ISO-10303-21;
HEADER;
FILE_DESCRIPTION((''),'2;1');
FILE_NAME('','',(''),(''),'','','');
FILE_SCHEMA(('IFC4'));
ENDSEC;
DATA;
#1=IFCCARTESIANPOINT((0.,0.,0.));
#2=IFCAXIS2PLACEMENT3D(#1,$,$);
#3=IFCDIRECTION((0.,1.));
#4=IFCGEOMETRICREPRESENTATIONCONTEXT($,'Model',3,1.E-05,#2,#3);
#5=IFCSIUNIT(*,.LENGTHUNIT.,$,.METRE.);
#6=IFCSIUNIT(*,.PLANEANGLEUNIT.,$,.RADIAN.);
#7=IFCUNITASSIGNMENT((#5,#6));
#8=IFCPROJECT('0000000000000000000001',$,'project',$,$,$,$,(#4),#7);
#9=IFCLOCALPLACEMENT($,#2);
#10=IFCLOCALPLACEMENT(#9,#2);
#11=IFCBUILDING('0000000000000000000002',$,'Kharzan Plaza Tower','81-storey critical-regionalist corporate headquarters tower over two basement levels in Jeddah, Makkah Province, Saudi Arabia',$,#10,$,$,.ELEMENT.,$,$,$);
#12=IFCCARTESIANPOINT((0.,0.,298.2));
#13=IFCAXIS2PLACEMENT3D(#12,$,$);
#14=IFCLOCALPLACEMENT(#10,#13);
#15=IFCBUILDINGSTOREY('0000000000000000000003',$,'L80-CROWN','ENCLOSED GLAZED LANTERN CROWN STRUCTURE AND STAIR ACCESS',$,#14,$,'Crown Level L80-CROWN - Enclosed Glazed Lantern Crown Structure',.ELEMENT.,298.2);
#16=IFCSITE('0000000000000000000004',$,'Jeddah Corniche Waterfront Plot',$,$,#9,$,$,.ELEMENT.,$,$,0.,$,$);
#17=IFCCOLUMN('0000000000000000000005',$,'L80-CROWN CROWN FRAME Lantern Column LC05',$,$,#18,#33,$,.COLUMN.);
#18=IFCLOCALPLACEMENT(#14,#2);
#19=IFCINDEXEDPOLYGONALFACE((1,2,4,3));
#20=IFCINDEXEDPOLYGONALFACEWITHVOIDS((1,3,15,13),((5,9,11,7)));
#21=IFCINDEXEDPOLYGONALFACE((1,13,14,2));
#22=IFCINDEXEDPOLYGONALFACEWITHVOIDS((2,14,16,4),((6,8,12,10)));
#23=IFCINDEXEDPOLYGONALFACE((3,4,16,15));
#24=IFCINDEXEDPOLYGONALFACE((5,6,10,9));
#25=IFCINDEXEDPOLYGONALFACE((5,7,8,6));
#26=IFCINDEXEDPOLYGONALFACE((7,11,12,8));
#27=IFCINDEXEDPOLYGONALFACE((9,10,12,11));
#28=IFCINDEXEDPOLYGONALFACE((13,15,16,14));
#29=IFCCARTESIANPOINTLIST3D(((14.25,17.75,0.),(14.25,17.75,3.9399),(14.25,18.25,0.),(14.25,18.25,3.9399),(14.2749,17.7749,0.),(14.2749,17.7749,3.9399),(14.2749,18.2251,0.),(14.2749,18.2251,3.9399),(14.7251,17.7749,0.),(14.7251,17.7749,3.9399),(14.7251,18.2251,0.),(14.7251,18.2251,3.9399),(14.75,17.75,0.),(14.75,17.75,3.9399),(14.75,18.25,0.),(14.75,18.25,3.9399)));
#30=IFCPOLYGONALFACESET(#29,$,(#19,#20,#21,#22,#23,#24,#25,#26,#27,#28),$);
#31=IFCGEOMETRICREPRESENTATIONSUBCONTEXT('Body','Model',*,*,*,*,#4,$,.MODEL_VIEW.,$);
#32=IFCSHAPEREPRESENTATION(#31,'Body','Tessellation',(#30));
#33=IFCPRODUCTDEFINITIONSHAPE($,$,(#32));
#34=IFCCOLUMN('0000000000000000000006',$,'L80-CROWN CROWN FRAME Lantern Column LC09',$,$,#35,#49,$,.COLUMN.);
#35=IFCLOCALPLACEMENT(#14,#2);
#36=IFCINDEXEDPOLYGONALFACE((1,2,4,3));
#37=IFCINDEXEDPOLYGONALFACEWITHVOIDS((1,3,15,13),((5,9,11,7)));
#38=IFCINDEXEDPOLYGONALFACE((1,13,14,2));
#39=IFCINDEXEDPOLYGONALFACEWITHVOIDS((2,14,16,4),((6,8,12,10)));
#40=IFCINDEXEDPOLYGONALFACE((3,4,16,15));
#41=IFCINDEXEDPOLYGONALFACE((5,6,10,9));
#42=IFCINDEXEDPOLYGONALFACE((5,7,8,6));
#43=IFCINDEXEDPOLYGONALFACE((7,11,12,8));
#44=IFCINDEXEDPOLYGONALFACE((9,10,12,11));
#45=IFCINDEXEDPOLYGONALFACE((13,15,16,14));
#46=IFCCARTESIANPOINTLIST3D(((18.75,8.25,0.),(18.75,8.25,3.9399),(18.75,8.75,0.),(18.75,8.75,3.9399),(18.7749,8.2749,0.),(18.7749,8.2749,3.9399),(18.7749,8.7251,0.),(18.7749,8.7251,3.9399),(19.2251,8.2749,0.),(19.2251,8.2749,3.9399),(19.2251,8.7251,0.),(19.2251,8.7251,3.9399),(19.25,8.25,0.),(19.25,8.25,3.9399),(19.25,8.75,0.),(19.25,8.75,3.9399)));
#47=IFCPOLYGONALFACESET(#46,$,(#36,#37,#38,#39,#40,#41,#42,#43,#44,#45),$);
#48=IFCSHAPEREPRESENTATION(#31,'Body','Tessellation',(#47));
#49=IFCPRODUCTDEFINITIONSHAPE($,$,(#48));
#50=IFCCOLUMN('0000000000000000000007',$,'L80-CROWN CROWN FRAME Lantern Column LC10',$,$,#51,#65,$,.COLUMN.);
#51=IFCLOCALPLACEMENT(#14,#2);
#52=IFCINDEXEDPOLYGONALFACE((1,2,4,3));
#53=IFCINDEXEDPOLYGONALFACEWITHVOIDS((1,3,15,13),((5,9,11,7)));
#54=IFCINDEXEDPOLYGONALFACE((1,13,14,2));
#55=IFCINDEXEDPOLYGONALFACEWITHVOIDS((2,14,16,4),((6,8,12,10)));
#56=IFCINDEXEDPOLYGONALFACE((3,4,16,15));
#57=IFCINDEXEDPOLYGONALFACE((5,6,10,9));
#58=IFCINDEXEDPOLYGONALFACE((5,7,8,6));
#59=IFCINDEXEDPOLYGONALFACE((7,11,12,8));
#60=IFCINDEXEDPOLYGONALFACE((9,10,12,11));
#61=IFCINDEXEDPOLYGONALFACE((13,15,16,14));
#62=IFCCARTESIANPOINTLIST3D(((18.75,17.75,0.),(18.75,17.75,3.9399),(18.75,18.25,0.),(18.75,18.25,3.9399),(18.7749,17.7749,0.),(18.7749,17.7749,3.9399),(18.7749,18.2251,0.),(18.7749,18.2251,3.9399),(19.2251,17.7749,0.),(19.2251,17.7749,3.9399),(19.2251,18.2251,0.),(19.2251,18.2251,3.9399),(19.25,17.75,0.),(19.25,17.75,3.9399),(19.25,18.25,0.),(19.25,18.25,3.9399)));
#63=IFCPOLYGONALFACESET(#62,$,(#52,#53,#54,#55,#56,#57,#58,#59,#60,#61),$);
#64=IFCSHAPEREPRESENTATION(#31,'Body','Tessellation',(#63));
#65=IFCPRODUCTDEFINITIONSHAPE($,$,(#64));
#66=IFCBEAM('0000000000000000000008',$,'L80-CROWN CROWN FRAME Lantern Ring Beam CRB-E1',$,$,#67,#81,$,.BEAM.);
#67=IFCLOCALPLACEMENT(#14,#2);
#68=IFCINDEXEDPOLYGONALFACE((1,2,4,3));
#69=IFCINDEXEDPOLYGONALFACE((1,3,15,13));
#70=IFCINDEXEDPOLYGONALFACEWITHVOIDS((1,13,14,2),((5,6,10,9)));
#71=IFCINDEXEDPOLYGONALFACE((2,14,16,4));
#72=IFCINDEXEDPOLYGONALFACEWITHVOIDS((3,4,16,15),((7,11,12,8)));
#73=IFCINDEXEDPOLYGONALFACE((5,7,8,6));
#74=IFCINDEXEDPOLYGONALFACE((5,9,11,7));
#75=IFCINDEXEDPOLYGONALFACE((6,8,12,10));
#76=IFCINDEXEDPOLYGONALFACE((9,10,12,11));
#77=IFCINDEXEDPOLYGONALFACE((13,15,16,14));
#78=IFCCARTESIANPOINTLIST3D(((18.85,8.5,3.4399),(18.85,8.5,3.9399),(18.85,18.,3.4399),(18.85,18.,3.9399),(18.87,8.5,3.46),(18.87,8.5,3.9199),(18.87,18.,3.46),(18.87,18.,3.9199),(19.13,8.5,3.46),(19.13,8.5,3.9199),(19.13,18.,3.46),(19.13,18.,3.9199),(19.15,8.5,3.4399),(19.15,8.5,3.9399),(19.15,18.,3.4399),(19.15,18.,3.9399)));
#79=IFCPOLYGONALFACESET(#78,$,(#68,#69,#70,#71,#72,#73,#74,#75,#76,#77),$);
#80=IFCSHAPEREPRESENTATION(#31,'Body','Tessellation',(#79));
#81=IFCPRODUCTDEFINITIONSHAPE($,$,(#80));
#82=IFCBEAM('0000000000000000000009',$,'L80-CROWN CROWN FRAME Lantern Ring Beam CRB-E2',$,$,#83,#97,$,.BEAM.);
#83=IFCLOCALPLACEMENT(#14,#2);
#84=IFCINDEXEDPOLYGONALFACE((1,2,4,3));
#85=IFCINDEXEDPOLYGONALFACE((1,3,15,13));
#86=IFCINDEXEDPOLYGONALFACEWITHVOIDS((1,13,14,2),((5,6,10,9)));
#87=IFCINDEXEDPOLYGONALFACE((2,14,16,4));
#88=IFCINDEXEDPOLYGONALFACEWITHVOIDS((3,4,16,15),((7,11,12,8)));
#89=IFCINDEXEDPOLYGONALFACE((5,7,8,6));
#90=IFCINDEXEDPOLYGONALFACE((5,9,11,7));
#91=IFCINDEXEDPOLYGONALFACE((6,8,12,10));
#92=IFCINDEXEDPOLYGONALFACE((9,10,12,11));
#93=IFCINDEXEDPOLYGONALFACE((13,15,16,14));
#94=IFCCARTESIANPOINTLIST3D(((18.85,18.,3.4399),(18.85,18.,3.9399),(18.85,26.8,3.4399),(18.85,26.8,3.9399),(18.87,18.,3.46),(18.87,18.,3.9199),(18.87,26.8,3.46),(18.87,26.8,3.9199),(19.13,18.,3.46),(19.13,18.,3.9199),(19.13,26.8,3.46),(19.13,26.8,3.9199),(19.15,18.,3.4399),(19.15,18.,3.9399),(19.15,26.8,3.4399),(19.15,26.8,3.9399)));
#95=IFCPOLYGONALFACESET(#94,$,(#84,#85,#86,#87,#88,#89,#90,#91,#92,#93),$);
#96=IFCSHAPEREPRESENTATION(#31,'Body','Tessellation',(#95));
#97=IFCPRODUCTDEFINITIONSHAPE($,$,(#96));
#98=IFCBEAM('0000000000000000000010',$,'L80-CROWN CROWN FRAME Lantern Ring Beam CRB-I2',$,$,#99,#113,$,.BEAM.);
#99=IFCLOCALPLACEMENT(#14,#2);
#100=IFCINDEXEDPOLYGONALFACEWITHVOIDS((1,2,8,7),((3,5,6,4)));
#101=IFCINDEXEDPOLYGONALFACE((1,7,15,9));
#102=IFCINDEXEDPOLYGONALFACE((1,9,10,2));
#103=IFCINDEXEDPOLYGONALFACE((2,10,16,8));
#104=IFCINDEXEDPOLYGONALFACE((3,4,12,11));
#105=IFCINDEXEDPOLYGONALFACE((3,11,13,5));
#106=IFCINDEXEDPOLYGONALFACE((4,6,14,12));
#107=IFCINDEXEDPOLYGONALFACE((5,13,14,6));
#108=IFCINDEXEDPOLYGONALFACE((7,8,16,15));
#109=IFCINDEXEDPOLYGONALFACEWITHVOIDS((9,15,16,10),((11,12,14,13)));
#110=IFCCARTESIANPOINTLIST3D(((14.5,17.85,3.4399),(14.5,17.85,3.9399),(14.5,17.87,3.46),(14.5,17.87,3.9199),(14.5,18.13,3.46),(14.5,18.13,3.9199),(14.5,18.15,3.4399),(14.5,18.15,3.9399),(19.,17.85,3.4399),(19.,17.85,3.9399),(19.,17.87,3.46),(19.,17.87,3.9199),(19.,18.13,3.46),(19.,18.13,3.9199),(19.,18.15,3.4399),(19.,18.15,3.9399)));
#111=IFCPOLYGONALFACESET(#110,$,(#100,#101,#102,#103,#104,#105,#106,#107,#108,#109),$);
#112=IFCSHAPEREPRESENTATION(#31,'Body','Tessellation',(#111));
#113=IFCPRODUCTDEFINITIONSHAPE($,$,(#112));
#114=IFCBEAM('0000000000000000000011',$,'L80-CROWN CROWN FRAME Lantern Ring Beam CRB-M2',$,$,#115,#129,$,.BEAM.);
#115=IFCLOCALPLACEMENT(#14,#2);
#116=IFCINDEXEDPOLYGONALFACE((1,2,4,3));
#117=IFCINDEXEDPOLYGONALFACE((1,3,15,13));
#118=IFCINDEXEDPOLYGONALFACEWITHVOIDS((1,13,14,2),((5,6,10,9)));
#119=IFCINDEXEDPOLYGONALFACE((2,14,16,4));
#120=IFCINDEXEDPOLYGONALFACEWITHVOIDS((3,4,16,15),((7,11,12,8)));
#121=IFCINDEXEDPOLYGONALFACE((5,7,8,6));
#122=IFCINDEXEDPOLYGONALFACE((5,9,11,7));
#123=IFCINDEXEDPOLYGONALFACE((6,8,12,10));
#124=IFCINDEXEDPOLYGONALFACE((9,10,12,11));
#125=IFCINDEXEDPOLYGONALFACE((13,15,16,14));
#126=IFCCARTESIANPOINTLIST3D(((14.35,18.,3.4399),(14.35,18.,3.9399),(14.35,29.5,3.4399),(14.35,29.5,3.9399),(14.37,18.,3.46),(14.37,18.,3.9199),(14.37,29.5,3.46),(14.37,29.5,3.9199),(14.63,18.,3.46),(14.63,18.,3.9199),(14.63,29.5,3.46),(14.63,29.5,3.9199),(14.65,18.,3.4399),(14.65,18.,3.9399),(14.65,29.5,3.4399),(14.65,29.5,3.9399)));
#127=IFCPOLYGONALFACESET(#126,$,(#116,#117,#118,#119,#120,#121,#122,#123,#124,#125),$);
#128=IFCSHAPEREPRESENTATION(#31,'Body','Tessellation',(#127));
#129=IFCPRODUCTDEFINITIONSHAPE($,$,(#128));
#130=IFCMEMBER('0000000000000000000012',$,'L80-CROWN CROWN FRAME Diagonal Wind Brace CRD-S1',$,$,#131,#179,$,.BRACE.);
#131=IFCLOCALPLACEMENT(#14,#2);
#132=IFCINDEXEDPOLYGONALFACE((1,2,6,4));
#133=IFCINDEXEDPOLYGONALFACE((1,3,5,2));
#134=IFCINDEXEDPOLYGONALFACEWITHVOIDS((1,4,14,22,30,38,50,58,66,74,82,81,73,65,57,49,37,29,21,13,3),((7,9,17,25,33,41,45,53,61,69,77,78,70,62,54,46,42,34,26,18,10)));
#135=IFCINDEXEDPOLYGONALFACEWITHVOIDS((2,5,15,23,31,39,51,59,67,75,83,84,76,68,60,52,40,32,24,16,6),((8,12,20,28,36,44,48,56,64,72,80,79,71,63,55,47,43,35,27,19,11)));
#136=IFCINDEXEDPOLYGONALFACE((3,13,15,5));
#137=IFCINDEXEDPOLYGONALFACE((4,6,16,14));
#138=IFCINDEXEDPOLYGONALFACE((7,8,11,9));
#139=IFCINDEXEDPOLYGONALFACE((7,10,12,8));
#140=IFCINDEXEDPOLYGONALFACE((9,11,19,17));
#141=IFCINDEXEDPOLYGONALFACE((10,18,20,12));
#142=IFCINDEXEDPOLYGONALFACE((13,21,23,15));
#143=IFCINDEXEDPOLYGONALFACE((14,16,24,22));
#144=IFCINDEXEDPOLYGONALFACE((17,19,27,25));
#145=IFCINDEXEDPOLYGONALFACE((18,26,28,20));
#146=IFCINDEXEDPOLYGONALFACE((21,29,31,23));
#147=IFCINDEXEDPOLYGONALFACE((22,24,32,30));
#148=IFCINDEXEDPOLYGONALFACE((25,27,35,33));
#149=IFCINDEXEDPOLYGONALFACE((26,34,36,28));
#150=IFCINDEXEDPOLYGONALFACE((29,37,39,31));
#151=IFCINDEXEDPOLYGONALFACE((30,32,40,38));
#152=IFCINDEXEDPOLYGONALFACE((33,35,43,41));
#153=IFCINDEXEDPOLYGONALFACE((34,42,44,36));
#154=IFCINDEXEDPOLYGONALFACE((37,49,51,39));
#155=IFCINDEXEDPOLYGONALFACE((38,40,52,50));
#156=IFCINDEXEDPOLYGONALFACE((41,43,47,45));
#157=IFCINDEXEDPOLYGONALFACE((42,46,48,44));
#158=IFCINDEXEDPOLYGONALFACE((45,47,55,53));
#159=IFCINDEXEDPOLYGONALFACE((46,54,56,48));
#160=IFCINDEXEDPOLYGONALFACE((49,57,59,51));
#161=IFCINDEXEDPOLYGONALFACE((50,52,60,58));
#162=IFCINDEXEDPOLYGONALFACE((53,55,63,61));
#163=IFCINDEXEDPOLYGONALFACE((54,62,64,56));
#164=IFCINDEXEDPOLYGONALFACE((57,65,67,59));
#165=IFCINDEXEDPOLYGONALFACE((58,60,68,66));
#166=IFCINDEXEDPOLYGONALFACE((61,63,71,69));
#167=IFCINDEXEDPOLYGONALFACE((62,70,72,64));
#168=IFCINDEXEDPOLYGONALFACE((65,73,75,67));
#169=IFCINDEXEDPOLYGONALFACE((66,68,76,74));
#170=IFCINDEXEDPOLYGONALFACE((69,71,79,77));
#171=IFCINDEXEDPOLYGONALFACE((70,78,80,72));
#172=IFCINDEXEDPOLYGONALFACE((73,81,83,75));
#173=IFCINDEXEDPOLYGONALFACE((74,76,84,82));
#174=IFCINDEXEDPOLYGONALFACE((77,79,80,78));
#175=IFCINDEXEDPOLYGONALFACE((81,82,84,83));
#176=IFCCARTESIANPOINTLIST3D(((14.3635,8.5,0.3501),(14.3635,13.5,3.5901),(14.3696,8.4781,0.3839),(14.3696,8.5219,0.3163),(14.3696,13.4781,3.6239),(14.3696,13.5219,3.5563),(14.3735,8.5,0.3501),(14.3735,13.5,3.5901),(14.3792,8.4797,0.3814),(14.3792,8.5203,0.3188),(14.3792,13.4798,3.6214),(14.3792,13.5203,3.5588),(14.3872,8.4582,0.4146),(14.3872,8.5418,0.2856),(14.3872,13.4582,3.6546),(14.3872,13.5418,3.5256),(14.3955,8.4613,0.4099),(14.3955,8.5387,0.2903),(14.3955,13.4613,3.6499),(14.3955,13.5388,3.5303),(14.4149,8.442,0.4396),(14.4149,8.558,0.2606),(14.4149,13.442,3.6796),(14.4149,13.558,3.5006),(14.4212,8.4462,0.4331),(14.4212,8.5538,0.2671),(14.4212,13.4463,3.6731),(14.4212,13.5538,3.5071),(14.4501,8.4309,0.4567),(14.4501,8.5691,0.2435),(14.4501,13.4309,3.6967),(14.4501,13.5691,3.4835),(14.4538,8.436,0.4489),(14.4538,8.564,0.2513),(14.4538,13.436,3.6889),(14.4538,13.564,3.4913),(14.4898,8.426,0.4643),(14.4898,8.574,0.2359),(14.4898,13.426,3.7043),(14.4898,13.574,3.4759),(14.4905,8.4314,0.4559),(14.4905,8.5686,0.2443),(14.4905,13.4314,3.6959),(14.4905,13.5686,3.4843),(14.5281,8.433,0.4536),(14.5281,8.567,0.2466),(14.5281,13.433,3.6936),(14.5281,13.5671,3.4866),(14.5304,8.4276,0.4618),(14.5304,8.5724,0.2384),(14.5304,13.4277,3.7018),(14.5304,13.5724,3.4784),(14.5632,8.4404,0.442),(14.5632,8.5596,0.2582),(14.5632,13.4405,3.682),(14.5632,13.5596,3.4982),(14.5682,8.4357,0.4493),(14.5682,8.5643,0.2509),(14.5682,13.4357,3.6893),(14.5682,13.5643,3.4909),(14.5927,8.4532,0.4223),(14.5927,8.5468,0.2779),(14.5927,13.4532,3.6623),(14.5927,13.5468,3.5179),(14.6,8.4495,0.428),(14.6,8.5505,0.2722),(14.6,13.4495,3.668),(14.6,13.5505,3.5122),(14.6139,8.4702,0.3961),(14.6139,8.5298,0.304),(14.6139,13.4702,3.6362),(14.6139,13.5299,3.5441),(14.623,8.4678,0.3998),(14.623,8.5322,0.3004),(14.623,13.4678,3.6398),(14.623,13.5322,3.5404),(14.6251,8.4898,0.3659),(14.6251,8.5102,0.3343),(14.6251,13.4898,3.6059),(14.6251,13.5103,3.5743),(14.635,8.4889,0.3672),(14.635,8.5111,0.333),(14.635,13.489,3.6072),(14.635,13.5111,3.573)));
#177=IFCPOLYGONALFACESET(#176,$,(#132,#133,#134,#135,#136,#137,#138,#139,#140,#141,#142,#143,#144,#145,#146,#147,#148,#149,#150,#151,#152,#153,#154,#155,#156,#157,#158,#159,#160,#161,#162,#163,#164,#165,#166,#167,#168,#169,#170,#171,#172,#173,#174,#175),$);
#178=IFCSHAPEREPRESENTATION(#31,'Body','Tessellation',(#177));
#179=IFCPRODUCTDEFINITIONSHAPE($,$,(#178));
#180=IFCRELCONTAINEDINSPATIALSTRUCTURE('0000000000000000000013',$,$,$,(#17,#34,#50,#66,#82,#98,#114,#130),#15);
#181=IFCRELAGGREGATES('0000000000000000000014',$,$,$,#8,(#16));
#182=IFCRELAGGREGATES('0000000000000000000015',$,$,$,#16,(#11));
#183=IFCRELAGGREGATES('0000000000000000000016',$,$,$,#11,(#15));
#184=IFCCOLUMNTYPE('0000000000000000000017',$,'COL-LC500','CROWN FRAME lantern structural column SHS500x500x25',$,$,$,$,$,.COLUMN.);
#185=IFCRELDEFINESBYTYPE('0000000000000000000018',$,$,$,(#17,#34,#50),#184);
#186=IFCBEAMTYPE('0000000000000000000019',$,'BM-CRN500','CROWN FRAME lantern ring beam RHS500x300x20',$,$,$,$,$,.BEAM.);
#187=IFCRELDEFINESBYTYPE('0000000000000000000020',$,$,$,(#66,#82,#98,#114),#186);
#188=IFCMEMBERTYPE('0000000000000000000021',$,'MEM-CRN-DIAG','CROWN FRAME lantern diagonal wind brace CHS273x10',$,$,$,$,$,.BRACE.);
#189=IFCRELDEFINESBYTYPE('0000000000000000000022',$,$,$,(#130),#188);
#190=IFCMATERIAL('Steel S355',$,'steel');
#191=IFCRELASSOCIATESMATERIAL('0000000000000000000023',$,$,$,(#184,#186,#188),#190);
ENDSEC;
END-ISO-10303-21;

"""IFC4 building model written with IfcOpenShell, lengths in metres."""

from ifc_helpers import new_model, si_unit, direction, frame, origin, origin_2d, place, context, subcontext, project, spatial, hollow_rectangle, hollow_circle, extrude, source, transform, mapped, material, material_profile, profile_set, type_object, element, save


model = new_model("IFC4")

# Units and contexts
model_context = context("Model", 3, precision=1e-05, world=origin(), true_north=direction((0.0, 1.0)))
body_context = subcontext(model_context, "Body", "Model", "MODEL_VIEW")
ifc_project = project(units=[si_unit("LENGTHUNIT", "METRE"), si_unit("PLANEANGLEUNIT", "RADIAN")], contexts=[model_context])

# Site, building, storey
site_placement = place(None, origin())
site = spatial("IfcSite", under=ifc_project, at=site_placement, Name="Jeddah Corniche Waterfront Plot", CompositionType="ELEMENT", RefElevation=0.0)
building_placement = place(site_placement, origin())
building = spatial("IfcBuilding", under=site, at=building_placement, Name="Kharzan Plaza Tower", Description="81-storey critical-regionalist corporate headquarters tower over two basement levels in Jeddah, Makkah Province, Saudi Arabia", CompositionType="ELEMENT")
storey_placement = place(building_placement, frame((0.0, 0.0, 298.2)))
storey = spatial("IfcBuildingStorey", under=building, at=storey_placement, Name="L80-CROWN", Description="ENCLOSED GLAZED LANTERN CROWN STRUCTURE AND STAIR ACCESS", LongName="Crown Level L80-CROWN - Enclosed Glazed Lantern Crown Structure", CompositionType="ELEMENT", Elevation=298.2)

# Columns
ifc_material_1 = material(Name="Steel S355", Category="steel")
ifc_material_profile_1 = material_profile(ifc_material_1, hollow_rectangle(XDim=0.5, YDim=0.5, WallThickness=0.0249, at=origin_2d()), Name="SHS500x500x25")
ifc_profile_set_1 = profile_set([ifc_material_profile_1], Name="Steel S355")
column_type = type_object("IfcColumnType", Name="COL-LC500", Description="CROWN FRAME lantern structural column SHS500x500x25", PredefinedType="COLUMN", material=ifc_profile_set_1)
shared_shape_1 = source(origin(), body_context, "Body", "SweptSolid", [
    extrude(hollow_rectangle(XDim=0.5, YDim=0.5, WallThickness=0.0249, at=origin_2d()), origin(), (0.0, 0.0, 1.0), 3.9399),
])
for number, where, z_axis, x_axis, name in (
    (1, (14.5, 18.0, 0.0), (0.0, 0.0, 1.0), (1.0, 0.0, 0.0), "L80-CROWN CROWN FRAME Lantern Column LC05"),
    (2, (19.0, 8.5, 0.0), (0.0, 0.0, 1.0), (1.0, 0.0, 0.0), "L80-CROWN CROWN FRAME Lantern Column LC09"),
    (3, (19.0, 18.0, 0.0), (0.0, 0.0, 1.0), (1.0, 0.0, 0.0), "L80-CROWN CROWN FRAME Lantern Column LC10"),
):
    element("IfcColumn", number, at=place(storey_placement, frame(where, z_axis=z_axis, x_axis=x_axis)), inside=storey, type_object=column_type, Name=name, PredefinedType="COLUMN", context=body_context, shape_type="MappedRepresentation", body=[
        mapped(shared_shape_1, transform((0.0, 0.0, 0.0), x_axis=(1.0, 0.0, 0.0), y_axis=(0.0, 1.0, 0.0), z_axis=(0.0, 0.0, 1.0))),
    ])

# Beams
ifc_material_profile_2 = material_profile(ifc_material_1, hollow_rectangle(XDim=0.3, YDim=0.5, WallThickness=0.02, at=origin_2d()), Name="RHS500x300x20")
ifc_profile_set_2 = profile_set([ifc_material_profile_2], Name="Steel S355")
beam_type = type_object("IfcBeamType", Name="BM-CRN500", Description="CROWN FRAME lantern ring beam RHS500x300x20", PredefinedType="BEAM", material=ifc_profile_set_2)
shared_shape_2 = source(origin(), body_context, "Body", "SweptSolid", [
    extrude(hollow_rectangle(XDim=0.3, YDim=0.5, WallThickness=0.02, at=origin_2d()), origin(), (0.0, 0.0, 1.0), 9.5),
])
beam_1_placement = place(storey_placement, frame((19.0, 8.5, 3.6899), z_axis=(0.0, 1.0, 0.0), x_axis=(-1.0, 0.0, 0.0)))
element("IfcBeam", 4, at=beam_1_placement, inside=storey, type_object=beam_type, Name="L80-CROWN CROWN FRAME Lantern Ring Beam CRB-E1", PredefinedType="BEAM", context=body_context, shape_type="MappedRepresentation", body=[
    mapped(shared_shape_2, transform((0.0, 0.0, 0.0), x_axis=(1.0, 0.0, 0.0), y_axis=(0.0, 1.0, 0.0), z_axis=(0.0, 0.0, 1.0))),
])
shared_shape_3 = source(origin(), body_context, "Body", "SweptSolid", [
    extrude(hollow_rectangle(XDim=0.3, YDim=0.5, WallThickness=0.02, at=origin_2d()), origin(), (0.0, 0.0, 1.0), 8.8),
])
beam_2_placement = place(storey_placement, frame((19.0, 18.0, 3.6899), z_axis=(0.0, 1.0, 0.0), x_axis=(-1.0, 0.0, 0.0)))
element("IfcBeam", 5, at=beam_2_placement, inside=storey, type_object=beam_type, Name="L80-CROWN CROWN FRAME Lantern Ring Beam CRB-E2", PredefinedType="BEAM", context=body_context, shape_type="MappedRepresentation", body=[
    mapped(shared_shape_3, transform((0.0, 0.0, 0.0), x_axis=(1.0, 0.0, 0.0), y_axis=(0.0, 1.0, 0.0), z_axis=(0.0, 0.0, 1.0))),
])
shared_shape_4 = source(origin(), body_context, "Body", "SweptSolid", [
    extrude(hollow_rectangle(XDim=0.3, YDim=0.5, WallThickness=0.02, at=origin_2d()), origin(), (0.0, 0.0, 1.0), 4.5),
])
beam_3_placement = place(storey_placement, frame((14.5, 18.0, 3.6899), z_axis=(1.0, 0.0, 0.0), x_axis=(0.0, 1.0, 0.0)))
element("IfcBeam", 6, at=beam_3_placement, inside=storey, type_object=beam_type, Name="L80-CROWN CROWN FRAME Lantern Ring Beam CRB-I2", PredefinedType="BEAM", context=body_context, shape_type="MappedRepresentation", body=[
    mapped(shared_shape_4, transform((0.0, 0.0, 0.0), x_axis=(1.0, 0.0, 0.0), y_axis=(0.0, 1.0, 0.0), z_axis=(0.0, 0.0, 1.0))),
])
shared_shape_5 = source(origin(), body_context, "Body", "SweptSolid", [
    extrude(hollow_rectangle(XDim=0.3, YDim=0.5, WallThickness=0.02, at=origin_2d()), origin(), (0.0, 0.0, 1.0), 11.5),
])
beam_4_placement = place(storey_placement, frame((14.5, 18.0, 3.6899), z_axis=(0.0, 1.0, 0.0), x_axis=(-1.0, 0.0, 0.0)))
element("IfcBeam", 7, at=beam_4_placement, inside=storey, type_object=beam_type, Name="L80-CROWN CROWN FRAME Lantern Ring Beam CRB-M2", PredefinedType="BEAM", context=body_context, shape_type="MappedRepresentation", body=[
    mapped(shared_shape_5, transform((0.0, 0.0, 0.0), x_axis=(1.0, 0.0, 0.0), y_axis=(0.0, 1.0, 0.0), z_axis=(0.0, 0.0, 1.0))),
])

# Member
ifc_material_profile_3 = material_profile(ifc_material_1, hollow_circle(Radius=0.1365, WallThickness=0.01, at=origin_2d()), Name="CHS273x10")
ifc_profile_set_3 = profile_set([ifc_material_profile_3], Name="Steel S355")
member_type_1 = type_object("IfcMemberType", Name="MEM-CRN-DIAG", Description="CROWN FRAME lantern diagonal wind brace CHS273x10", PredefinedType="BRACE", material=ifc_profile_set_3)
shared_shape_6 = source(origin(), body_context, "Body", "SweptSolid", [
    extrude(hollow_circle(Radius=0.1365, WallThickness=0.01, at=origin_2d()), origin(), (0.0, 0.0, 1.0), 5.958),
])
member_1_placement = place(storey_placement, frame((14.5, 8.5, 0.3501), z_axis=(0.0, 0.83921, 0.543807), x_axis=(-1.0, 0.0, 0.0)))
element("IfcMember", 8, at=member_1_placement, inside=storey, type_object=member_type_1, Name="L80-CROWN CROWN FRAME Diagonal Wind Brace CRD-S1", PredefinedType="BRACE", context=body_context, shape_type="MappedRepresentation", body=[
    mapped(shared_shape_6, transform((0.0, 0.0, 0.0), x_axis=(1.0, 0.0, 0.0), y_axis=(0.0, 1.0, 0.0), z_axis=(0.0, 0.0, 1.0))),
])

save(model, "model.ifc")
